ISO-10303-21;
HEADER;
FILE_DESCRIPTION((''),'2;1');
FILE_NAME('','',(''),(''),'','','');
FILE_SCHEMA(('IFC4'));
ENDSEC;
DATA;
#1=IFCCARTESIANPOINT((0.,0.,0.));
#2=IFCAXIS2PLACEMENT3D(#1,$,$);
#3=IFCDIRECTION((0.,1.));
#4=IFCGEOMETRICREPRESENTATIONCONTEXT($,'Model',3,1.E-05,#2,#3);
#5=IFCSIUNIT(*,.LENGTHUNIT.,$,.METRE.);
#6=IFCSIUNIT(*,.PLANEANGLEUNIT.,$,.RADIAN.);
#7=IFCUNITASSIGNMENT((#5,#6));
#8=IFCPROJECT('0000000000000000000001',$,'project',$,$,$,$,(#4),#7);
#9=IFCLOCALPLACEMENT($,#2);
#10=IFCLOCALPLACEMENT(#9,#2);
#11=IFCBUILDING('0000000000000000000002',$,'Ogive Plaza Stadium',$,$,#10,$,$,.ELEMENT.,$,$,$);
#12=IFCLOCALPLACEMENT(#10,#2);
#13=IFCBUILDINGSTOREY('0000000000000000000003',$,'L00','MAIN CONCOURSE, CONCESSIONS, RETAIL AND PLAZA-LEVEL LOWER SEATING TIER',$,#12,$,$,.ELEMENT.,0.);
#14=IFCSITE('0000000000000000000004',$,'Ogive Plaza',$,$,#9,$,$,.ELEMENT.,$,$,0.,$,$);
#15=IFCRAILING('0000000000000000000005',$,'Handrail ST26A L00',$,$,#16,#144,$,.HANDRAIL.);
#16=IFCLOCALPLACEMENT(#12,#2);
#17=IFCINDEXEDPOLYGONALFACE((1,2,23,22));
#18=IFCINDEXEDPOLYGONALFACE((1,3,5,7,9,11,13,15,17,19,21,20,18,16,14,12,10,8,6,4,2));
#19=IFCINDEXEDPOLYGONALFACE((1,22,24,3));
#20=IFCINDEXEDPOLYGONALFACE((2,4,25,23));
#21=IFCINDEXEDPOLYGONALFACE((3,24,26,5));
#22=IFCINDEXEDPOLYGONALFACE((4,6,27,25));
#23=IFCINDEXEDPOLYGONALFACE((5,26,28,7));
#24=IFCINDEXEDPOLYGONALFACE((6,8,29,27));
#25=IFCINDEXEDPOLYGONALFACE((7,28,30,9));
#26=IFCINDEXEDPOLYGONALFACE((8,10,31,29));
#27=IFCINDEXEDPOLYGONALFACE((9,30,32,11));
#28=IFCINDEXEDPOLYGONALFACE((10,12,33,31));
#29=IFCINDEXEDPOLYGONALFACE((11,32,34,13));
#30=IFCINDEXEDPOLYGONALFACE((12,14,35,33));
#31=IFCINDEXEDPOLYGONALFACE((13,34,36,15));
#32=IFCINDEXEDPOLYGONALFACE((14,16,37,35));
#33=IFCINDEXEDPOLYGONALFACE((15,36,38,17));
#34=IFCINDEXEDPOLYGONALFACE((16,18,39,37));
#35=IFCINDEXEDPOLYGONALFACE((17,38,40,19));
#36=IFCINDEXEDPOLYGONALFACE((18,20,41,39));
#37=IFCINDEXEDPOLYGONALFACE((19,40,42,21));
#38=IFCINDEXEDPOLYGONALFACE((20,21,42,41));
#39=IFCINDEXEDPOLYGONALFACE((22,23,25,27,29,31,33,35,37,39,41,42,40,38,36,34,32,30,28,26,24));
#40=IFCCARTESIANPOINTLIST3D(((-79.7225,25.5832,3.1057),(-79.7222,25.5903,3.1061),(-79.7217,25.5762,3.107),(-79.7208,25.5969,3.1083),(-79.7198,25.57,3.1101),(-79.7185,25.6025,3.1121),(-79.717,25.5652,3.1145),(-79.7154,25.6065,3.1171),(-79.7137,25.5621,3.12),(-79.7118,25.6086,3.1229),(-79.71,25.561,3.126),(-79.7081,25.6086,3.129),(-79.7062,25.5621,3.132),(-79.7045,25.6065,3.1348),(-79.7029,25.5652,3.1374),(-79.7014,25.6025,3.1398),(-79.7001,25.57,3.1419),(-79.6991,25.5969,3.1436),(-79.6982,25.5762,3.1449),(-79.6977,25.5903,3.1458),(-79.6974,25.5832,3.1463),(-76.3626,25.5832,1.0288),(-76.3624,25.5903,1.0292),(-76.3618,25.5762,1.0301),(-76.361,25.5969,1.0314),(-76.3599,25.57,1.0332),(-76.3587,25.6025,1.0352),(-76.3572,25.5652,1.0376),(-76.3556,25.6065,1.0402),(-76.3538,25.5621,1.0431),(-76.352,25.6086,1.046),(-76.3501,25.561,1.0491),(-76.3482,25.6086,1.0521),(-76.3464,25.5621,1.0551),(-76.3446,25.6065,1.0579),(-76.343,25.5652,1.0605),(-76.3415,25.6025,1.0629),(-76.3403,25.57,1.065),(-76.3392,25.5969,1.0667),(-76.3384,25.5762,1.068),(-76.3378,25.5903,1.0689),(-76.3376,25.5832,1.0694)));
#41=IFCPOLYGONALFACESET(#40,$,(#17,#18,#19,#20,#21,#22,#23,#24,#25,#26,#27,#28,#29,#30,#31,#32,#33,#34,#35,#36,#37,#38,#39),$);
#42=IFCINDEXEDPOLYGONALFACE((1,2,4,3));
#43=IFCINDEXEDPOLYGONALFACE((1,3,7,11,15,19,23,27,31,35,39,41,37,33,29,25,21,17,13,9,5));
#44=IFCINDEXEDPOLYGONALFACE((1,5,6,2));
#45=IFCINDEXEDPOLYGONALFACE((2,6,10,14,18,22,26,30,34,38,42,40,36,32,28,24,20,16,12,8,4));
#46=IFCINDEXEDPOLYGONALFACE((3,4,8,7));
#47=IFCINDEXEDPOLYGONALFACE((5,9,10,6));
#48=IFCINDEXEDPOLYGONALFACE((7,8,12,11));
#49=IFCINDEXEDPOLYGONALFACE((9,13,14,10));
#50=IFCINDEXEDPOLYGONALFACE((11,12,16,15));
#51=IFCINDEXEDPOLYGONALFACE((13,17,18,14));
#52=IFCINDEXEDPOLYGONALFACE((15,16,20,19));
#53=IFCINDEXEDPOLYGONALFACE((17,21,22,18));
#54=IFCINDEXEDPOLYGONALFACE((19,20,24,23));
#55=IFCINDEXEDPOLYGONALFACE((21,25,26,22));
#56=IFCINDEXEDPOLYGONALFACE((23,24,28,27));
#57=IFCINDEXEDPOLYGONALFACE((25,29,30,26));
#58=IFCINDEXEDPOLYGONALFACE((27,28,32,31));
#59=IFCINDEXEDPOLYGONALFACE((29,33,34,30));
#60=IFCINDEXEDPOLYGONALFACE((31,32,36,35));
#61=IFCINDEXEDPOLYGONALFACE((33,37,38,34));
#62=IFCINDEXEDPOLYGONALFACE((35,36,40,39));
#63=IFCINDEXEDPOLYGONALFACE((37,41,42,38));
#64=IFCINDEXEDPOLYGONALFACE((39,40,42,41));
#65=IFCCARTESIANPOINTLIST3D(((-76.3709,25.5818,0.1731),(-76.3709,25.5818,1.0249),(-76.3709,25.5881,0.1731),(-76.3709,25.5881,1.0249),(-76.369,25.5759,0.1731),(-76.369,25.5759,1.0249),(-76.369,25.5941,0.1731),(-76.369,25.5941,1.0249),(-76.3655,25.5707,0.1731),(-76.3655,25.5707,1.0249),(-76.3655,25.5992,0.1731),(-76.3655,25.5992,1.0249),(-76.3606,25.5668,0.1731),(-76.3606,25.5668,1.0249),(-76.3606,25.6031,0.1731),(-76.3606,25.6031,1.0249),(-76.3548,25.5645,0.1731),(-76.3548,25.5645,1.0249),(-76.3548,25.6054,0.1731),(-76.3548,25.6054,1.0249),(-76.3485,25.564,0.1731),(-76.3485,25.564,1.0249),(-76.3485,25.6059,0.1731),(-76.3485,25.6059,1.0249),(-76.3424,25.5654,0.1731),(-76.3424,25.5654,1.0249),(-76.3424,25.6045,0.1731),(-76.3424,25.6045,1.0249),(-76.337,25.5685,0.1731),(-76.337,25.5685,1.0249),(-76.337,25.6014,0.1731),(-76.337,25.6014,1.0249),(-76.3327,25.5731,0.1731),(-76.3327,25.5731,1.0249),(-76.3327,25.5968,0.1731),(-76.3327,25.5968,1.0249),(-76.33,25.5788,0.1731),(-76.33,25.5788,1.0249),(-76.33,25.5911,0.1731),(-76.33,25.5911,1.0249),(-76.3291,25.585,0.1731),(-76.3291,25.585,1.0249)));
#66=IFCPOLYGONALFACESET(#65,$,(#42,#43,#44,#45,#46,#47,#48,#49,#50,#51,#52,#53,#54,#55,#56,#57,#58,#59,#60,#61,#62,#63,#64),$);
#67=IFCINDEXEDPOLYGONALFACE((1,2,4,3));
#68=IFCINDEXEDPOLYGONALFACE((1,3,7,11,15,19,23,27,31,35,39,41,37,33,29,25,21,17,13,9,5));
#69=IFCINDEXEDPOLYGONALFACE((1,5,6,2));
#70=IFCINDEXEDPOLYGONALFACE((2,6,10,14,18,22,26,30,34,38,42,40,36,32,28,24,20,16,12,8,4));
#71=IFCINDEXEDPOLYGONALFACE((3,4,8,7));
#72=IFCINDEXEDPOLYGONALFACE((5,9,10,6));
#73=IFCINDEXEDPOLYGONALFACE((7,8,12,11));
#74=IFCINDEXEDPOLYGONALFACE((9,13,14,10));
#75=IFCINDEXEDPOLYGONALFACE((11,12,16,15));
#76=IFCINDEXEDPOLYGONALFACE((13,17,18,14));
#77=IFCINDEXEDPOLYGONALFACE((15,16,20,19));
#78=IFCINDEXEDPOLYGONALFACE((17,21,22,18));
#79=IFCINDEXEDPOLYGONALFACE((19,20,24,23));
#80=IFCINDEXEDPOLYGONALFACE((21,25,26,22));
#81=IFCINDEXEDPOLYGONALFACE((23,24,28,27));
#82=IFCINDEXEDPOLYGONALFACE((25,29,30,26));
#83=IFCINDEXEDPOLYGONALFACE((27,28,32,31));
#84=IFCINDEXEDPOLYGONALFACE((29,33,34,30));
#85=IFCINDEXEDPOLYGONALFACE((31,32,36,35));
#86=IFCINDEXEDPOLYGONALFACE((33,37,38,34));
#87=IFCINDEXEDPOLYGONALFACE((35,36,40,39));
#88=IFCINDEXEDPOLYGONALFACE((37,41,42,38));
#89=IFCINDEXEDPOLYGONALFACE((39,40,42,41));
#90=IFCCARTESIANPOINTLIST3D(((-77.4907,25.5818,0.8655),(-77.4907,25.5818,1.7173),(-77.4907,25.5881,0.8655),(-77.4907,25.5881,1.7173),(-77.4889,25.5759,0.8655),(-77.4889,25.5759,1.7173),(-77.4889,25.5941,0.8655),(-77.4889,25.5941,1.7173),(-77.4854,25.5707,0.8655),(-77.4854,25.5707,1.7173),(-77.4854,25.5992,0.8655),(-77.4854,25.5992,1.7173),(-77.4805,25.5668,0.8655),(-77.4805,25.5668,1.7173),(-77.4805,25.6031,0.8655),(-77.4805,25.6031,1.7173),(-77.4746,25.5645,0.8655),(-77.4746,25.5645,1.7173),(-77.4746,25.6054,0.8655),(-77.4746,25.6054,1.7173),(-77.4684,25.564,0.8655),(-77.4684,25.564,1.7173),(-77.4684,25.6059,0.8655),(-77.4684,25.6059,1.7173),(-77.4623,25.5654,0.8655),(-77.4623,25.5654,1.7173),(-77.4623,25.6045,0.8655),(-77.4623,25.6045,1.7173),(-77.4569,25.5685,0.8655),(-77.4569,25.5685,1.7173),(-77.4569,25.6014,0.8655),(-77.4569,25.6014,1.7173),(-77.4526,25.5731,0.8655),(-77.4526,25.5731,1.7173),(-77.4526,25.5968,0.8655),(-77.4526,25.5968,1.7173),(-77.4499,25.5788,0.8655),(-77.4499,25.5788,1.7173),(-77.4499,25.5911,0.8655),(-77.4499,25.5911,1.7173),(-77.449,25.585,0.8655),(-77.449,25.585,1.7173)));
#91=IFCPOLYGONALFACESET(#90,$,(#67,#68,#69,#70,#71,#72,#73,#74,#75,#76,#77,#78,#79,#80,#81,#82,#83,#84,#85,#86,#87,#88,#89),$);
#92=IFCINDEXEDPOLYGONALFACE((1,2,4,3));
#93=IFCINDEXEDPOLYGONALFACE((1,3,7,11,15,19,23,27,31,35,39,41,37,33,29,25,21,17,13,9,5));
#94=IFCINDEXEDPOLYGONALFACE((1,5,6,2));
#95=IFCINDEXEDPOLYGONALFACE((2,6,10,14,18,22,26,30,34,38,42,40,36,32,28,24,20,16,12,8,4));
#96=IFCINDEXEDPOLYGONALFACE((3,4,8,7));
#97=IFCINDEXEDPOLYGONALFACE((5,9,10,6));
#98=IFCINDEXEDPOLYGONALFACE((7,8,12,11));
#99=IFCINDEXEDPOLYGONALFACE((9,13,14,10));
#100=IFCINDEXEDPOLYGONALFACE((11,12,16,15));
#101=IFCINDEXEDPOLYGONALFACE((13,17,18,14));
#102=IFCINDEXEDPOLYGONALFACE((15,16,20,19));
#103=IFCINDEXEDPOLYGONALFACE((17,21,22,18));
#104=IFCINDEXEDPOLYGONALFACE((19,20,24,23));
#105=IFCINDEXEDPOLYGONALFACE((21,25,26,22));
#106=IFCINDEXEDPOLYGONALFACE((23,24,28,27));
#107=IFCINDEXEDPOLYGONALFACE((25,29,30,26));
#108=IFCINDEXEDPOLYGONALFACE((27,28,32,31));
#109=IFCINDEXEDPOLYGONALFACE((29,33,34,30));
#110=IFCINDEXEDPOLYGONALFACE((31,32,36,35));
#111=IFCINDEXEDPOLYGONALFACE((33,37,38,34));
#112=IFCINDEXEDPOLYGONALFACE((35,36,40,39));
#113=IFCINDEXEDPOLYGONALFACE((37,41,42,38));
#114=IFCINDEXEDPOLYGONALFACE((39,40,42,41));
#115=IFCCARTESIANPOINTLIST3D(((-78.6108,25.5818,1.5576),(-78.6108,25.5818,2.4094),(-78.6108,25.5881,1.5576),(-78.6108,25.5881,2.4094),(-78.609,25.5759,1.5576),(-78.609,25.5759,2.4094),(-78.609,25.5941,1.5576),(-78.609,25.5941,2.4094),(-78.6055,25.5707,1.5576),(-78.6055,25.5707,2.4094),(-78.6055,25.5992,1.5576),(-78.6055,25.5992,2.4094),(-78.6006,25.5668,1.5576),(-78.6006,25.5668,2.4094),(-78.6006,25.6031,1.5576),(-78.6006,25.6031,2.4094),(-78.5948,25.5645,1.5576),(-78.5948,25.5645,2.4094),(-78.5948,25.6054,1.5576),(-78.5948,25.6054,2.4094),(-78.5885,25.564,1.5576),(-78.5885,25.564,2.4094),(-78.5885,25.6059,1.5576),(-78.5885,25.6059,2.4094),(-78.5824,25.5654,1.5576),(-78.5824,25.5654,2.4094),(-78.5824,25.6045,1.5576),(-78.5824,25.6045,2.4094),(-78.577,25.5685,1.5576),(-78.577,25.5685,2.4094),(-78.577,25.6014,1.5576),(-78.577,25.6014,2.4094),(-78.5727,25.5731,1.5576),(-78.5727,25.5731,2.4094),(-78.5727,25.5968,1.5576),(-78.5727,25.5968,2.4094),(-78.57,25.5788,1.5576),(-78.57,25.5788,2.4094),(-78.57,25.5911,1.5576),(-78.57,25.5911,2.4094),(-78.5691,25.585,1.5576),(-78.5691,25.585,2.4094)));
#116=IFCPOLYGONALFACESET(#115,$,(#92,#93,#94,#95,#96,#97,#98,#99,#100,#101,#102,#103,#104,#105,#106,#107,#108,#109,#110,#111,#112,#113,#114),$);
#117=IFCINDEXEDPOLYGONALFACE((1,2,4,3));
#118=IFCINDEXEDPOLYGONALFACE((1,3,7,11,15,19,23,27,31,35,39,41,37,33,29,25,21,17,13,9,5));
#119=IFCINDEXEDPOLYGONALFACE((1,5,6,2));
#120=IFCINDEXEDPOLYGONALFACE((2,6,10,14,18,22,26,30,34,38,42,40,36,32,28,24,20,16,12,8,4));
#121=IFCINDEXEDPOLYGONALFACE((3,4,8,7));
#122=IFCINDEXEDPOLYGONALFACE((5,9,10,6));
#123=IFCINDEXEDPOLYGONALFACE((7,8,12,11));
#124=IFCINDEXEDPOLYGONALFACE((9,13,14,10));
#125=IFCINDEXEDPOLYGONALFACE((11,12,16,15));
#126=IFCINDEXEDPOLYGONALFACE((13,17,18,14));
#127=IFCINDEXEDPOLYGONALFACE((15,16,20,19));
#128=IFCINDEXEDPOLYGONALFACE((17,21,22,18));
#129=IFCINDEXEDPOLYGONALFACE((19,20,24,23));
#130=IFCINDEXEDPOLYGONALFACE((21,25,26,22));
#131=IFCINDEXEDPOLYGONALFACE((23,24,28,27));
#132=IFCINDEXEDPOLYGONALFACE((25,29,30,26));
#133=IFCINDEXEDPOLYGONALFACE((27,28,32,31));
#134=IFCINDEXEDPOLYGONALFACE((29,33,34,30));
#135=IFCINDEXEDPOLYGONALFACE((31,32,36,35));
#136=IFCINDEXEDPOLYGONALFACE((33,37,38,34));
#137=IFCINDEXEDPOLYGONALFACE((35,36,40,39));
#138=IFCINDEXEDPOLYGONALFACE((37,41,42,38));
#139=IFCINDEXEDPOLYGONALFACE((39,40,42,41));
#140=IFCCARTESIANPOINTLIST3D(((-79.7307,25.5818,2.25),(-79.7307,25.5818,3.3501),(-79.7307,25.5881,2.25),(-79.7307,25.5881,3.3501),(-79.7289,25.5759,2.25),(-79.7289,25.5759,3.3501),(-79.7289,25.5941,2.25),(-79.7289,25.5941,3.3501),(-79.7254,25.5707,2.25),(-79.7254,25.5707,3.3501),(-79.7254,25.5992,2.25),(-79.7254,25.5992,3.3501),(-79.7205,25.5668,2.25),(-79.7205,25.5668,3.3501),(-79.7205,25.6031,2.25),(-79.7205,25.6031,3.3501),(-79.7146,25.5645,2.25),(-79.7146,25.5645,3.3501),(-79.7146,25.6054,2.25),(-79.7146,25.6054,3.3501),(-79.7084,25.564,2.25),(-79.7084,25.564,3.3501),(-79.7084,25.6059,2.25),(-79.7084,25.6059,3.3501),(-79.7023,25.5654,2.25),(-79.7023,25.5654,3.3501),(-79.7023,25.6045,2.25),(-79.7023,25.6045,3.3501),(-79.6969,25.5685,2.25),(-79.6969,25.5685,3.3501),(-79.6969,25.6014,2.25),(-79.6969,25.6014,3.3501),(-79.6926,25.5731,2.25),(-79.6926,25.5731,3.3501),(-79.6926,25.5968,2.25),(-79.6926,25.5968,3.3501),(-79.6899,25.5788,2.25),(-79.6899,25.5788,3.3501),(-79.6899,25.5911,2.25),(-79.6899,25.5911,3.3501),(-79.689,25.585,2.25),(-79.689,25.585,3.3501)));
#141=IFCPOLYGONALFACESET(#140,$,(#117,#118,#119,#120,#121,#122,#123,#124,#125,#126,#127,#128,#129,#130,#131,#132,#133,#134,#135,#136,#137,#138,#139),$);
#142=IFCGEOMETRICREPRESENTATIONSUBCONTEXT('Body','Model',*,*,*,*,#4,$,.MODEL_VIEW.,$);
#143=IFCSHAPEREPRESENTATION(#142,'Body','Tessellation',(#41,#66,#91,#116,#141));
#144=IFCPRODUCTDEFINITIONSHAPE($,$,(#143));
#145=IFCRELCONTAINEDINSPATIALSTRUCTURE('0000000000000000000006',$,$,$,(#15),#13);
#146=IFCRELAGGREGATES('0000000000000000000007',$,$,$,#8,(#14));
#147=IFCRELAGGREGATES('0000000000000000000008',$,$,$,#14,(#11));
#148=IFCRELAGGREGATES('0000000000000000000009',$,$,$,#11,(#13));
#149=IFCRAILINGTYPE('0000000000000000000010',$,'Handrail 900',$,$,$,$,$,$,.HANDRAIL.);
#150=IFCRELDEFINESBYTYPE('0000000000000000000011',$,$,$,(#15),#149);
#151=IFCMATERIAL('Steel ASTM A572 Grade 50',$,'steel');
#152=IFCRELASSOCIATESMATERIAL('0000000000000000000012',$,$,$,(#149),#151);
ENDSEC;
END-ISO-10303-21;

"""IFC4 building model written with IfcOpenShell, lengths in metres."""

from ifc_helpers import new_model, si_unit, direction, frame, origin, origin_2d, place, context, subcontext, project, spatial, circle, extrude, material, type_object, element, save


model = new_model("IFC4")

# Units and contexts
model_context = context("Model", 3, precision=1e-05, world=origin(), true_north=direction((0.0, 1.0)))
body_context = subcontext(model_context, "Body", "Model", "MODEL_VIEW")
ifc_project = project(units=[si_unit("LENGTHUNIT", "METRE"), si_unit("PLANEANGLEUNIT", "RADIAN")], contexts=[model_context])

# Site, building, storey
site_placement = place(None, origin())
site = spatial("IfcSite", under=ifc_project, at=site_placement, Name="Ogive Plaza", CompositionType="ELEMENT", RefElevation=0.0)
building_placement = place(site_placement, origin())
building = spatial("IfcBuilding", under=site, at=building_placement, Name="Ogive Plaza Stadium", CompositionType="ELEMENT")
storey_placement = place(building_placement, origin())
storey = spatial("IfcBuildingStorey", under=building, at=storey_placement, Name="L00", Description="MAIN CONCOURSE, CONCESSIONS, RETAIL AND PLAZA-LEVEL LOWER SEATING TIER", CompositionType="ELEMENT", Elevation=0.0)

# Railing
ifc_material_1 = material(Name="Steel ASTM A572 Grade 50", Category="steel")
railing_type = type_object("IfcRailingType", Name="Handrail 900", PredefinedType="HANDRAIL", material=ifc_material_1)
for number, where, name in (
    (1, (-76.3501, 25.585, 0.1731), "Handrail ST26A L00"),
):
    element("IfcRailing", number, at=place(storey_placement, frame(where)), inside=storey, type_object=railing_type, Name=name, PredefinedType="HANDRAIL", context=body_context, shape_type="SweptSolid", body=[
        extrude(circle(Radius=0.0239, at=origin_2d()), frame((0.0, 0.0, 0.876), z_axis=(-0.850606, 0.0, 0.525803), x_axis=(0.0, -1.0, 0.0)), (0.0, 0.0, 1.0), 3.95),
        extrude(circle(Radius=0.021, at=origin_2d()), origin(), (0.0, 0.0, 1.0), 0.8518),
        extrude(circle(Radius=0.021, at=origin_2d()), frame((-1.1199, 0.0, 0.6924)), (0.0, 0.0, 1.0), 0.8518),
        extrude(circle(Radius=0.021, at=origin_2d()), frame((-2.24, 0.0, 1.3845)), (0.0, 0.0, 1.0), 0.8518),
        extrude(circle(Radius=0.021, at=origin_2d()), frame((-3.3599, 0.0, 2.0769)), (0.0, 0.0, 1.0), 1.1001),
    ])

save(model, "model.ifc")
